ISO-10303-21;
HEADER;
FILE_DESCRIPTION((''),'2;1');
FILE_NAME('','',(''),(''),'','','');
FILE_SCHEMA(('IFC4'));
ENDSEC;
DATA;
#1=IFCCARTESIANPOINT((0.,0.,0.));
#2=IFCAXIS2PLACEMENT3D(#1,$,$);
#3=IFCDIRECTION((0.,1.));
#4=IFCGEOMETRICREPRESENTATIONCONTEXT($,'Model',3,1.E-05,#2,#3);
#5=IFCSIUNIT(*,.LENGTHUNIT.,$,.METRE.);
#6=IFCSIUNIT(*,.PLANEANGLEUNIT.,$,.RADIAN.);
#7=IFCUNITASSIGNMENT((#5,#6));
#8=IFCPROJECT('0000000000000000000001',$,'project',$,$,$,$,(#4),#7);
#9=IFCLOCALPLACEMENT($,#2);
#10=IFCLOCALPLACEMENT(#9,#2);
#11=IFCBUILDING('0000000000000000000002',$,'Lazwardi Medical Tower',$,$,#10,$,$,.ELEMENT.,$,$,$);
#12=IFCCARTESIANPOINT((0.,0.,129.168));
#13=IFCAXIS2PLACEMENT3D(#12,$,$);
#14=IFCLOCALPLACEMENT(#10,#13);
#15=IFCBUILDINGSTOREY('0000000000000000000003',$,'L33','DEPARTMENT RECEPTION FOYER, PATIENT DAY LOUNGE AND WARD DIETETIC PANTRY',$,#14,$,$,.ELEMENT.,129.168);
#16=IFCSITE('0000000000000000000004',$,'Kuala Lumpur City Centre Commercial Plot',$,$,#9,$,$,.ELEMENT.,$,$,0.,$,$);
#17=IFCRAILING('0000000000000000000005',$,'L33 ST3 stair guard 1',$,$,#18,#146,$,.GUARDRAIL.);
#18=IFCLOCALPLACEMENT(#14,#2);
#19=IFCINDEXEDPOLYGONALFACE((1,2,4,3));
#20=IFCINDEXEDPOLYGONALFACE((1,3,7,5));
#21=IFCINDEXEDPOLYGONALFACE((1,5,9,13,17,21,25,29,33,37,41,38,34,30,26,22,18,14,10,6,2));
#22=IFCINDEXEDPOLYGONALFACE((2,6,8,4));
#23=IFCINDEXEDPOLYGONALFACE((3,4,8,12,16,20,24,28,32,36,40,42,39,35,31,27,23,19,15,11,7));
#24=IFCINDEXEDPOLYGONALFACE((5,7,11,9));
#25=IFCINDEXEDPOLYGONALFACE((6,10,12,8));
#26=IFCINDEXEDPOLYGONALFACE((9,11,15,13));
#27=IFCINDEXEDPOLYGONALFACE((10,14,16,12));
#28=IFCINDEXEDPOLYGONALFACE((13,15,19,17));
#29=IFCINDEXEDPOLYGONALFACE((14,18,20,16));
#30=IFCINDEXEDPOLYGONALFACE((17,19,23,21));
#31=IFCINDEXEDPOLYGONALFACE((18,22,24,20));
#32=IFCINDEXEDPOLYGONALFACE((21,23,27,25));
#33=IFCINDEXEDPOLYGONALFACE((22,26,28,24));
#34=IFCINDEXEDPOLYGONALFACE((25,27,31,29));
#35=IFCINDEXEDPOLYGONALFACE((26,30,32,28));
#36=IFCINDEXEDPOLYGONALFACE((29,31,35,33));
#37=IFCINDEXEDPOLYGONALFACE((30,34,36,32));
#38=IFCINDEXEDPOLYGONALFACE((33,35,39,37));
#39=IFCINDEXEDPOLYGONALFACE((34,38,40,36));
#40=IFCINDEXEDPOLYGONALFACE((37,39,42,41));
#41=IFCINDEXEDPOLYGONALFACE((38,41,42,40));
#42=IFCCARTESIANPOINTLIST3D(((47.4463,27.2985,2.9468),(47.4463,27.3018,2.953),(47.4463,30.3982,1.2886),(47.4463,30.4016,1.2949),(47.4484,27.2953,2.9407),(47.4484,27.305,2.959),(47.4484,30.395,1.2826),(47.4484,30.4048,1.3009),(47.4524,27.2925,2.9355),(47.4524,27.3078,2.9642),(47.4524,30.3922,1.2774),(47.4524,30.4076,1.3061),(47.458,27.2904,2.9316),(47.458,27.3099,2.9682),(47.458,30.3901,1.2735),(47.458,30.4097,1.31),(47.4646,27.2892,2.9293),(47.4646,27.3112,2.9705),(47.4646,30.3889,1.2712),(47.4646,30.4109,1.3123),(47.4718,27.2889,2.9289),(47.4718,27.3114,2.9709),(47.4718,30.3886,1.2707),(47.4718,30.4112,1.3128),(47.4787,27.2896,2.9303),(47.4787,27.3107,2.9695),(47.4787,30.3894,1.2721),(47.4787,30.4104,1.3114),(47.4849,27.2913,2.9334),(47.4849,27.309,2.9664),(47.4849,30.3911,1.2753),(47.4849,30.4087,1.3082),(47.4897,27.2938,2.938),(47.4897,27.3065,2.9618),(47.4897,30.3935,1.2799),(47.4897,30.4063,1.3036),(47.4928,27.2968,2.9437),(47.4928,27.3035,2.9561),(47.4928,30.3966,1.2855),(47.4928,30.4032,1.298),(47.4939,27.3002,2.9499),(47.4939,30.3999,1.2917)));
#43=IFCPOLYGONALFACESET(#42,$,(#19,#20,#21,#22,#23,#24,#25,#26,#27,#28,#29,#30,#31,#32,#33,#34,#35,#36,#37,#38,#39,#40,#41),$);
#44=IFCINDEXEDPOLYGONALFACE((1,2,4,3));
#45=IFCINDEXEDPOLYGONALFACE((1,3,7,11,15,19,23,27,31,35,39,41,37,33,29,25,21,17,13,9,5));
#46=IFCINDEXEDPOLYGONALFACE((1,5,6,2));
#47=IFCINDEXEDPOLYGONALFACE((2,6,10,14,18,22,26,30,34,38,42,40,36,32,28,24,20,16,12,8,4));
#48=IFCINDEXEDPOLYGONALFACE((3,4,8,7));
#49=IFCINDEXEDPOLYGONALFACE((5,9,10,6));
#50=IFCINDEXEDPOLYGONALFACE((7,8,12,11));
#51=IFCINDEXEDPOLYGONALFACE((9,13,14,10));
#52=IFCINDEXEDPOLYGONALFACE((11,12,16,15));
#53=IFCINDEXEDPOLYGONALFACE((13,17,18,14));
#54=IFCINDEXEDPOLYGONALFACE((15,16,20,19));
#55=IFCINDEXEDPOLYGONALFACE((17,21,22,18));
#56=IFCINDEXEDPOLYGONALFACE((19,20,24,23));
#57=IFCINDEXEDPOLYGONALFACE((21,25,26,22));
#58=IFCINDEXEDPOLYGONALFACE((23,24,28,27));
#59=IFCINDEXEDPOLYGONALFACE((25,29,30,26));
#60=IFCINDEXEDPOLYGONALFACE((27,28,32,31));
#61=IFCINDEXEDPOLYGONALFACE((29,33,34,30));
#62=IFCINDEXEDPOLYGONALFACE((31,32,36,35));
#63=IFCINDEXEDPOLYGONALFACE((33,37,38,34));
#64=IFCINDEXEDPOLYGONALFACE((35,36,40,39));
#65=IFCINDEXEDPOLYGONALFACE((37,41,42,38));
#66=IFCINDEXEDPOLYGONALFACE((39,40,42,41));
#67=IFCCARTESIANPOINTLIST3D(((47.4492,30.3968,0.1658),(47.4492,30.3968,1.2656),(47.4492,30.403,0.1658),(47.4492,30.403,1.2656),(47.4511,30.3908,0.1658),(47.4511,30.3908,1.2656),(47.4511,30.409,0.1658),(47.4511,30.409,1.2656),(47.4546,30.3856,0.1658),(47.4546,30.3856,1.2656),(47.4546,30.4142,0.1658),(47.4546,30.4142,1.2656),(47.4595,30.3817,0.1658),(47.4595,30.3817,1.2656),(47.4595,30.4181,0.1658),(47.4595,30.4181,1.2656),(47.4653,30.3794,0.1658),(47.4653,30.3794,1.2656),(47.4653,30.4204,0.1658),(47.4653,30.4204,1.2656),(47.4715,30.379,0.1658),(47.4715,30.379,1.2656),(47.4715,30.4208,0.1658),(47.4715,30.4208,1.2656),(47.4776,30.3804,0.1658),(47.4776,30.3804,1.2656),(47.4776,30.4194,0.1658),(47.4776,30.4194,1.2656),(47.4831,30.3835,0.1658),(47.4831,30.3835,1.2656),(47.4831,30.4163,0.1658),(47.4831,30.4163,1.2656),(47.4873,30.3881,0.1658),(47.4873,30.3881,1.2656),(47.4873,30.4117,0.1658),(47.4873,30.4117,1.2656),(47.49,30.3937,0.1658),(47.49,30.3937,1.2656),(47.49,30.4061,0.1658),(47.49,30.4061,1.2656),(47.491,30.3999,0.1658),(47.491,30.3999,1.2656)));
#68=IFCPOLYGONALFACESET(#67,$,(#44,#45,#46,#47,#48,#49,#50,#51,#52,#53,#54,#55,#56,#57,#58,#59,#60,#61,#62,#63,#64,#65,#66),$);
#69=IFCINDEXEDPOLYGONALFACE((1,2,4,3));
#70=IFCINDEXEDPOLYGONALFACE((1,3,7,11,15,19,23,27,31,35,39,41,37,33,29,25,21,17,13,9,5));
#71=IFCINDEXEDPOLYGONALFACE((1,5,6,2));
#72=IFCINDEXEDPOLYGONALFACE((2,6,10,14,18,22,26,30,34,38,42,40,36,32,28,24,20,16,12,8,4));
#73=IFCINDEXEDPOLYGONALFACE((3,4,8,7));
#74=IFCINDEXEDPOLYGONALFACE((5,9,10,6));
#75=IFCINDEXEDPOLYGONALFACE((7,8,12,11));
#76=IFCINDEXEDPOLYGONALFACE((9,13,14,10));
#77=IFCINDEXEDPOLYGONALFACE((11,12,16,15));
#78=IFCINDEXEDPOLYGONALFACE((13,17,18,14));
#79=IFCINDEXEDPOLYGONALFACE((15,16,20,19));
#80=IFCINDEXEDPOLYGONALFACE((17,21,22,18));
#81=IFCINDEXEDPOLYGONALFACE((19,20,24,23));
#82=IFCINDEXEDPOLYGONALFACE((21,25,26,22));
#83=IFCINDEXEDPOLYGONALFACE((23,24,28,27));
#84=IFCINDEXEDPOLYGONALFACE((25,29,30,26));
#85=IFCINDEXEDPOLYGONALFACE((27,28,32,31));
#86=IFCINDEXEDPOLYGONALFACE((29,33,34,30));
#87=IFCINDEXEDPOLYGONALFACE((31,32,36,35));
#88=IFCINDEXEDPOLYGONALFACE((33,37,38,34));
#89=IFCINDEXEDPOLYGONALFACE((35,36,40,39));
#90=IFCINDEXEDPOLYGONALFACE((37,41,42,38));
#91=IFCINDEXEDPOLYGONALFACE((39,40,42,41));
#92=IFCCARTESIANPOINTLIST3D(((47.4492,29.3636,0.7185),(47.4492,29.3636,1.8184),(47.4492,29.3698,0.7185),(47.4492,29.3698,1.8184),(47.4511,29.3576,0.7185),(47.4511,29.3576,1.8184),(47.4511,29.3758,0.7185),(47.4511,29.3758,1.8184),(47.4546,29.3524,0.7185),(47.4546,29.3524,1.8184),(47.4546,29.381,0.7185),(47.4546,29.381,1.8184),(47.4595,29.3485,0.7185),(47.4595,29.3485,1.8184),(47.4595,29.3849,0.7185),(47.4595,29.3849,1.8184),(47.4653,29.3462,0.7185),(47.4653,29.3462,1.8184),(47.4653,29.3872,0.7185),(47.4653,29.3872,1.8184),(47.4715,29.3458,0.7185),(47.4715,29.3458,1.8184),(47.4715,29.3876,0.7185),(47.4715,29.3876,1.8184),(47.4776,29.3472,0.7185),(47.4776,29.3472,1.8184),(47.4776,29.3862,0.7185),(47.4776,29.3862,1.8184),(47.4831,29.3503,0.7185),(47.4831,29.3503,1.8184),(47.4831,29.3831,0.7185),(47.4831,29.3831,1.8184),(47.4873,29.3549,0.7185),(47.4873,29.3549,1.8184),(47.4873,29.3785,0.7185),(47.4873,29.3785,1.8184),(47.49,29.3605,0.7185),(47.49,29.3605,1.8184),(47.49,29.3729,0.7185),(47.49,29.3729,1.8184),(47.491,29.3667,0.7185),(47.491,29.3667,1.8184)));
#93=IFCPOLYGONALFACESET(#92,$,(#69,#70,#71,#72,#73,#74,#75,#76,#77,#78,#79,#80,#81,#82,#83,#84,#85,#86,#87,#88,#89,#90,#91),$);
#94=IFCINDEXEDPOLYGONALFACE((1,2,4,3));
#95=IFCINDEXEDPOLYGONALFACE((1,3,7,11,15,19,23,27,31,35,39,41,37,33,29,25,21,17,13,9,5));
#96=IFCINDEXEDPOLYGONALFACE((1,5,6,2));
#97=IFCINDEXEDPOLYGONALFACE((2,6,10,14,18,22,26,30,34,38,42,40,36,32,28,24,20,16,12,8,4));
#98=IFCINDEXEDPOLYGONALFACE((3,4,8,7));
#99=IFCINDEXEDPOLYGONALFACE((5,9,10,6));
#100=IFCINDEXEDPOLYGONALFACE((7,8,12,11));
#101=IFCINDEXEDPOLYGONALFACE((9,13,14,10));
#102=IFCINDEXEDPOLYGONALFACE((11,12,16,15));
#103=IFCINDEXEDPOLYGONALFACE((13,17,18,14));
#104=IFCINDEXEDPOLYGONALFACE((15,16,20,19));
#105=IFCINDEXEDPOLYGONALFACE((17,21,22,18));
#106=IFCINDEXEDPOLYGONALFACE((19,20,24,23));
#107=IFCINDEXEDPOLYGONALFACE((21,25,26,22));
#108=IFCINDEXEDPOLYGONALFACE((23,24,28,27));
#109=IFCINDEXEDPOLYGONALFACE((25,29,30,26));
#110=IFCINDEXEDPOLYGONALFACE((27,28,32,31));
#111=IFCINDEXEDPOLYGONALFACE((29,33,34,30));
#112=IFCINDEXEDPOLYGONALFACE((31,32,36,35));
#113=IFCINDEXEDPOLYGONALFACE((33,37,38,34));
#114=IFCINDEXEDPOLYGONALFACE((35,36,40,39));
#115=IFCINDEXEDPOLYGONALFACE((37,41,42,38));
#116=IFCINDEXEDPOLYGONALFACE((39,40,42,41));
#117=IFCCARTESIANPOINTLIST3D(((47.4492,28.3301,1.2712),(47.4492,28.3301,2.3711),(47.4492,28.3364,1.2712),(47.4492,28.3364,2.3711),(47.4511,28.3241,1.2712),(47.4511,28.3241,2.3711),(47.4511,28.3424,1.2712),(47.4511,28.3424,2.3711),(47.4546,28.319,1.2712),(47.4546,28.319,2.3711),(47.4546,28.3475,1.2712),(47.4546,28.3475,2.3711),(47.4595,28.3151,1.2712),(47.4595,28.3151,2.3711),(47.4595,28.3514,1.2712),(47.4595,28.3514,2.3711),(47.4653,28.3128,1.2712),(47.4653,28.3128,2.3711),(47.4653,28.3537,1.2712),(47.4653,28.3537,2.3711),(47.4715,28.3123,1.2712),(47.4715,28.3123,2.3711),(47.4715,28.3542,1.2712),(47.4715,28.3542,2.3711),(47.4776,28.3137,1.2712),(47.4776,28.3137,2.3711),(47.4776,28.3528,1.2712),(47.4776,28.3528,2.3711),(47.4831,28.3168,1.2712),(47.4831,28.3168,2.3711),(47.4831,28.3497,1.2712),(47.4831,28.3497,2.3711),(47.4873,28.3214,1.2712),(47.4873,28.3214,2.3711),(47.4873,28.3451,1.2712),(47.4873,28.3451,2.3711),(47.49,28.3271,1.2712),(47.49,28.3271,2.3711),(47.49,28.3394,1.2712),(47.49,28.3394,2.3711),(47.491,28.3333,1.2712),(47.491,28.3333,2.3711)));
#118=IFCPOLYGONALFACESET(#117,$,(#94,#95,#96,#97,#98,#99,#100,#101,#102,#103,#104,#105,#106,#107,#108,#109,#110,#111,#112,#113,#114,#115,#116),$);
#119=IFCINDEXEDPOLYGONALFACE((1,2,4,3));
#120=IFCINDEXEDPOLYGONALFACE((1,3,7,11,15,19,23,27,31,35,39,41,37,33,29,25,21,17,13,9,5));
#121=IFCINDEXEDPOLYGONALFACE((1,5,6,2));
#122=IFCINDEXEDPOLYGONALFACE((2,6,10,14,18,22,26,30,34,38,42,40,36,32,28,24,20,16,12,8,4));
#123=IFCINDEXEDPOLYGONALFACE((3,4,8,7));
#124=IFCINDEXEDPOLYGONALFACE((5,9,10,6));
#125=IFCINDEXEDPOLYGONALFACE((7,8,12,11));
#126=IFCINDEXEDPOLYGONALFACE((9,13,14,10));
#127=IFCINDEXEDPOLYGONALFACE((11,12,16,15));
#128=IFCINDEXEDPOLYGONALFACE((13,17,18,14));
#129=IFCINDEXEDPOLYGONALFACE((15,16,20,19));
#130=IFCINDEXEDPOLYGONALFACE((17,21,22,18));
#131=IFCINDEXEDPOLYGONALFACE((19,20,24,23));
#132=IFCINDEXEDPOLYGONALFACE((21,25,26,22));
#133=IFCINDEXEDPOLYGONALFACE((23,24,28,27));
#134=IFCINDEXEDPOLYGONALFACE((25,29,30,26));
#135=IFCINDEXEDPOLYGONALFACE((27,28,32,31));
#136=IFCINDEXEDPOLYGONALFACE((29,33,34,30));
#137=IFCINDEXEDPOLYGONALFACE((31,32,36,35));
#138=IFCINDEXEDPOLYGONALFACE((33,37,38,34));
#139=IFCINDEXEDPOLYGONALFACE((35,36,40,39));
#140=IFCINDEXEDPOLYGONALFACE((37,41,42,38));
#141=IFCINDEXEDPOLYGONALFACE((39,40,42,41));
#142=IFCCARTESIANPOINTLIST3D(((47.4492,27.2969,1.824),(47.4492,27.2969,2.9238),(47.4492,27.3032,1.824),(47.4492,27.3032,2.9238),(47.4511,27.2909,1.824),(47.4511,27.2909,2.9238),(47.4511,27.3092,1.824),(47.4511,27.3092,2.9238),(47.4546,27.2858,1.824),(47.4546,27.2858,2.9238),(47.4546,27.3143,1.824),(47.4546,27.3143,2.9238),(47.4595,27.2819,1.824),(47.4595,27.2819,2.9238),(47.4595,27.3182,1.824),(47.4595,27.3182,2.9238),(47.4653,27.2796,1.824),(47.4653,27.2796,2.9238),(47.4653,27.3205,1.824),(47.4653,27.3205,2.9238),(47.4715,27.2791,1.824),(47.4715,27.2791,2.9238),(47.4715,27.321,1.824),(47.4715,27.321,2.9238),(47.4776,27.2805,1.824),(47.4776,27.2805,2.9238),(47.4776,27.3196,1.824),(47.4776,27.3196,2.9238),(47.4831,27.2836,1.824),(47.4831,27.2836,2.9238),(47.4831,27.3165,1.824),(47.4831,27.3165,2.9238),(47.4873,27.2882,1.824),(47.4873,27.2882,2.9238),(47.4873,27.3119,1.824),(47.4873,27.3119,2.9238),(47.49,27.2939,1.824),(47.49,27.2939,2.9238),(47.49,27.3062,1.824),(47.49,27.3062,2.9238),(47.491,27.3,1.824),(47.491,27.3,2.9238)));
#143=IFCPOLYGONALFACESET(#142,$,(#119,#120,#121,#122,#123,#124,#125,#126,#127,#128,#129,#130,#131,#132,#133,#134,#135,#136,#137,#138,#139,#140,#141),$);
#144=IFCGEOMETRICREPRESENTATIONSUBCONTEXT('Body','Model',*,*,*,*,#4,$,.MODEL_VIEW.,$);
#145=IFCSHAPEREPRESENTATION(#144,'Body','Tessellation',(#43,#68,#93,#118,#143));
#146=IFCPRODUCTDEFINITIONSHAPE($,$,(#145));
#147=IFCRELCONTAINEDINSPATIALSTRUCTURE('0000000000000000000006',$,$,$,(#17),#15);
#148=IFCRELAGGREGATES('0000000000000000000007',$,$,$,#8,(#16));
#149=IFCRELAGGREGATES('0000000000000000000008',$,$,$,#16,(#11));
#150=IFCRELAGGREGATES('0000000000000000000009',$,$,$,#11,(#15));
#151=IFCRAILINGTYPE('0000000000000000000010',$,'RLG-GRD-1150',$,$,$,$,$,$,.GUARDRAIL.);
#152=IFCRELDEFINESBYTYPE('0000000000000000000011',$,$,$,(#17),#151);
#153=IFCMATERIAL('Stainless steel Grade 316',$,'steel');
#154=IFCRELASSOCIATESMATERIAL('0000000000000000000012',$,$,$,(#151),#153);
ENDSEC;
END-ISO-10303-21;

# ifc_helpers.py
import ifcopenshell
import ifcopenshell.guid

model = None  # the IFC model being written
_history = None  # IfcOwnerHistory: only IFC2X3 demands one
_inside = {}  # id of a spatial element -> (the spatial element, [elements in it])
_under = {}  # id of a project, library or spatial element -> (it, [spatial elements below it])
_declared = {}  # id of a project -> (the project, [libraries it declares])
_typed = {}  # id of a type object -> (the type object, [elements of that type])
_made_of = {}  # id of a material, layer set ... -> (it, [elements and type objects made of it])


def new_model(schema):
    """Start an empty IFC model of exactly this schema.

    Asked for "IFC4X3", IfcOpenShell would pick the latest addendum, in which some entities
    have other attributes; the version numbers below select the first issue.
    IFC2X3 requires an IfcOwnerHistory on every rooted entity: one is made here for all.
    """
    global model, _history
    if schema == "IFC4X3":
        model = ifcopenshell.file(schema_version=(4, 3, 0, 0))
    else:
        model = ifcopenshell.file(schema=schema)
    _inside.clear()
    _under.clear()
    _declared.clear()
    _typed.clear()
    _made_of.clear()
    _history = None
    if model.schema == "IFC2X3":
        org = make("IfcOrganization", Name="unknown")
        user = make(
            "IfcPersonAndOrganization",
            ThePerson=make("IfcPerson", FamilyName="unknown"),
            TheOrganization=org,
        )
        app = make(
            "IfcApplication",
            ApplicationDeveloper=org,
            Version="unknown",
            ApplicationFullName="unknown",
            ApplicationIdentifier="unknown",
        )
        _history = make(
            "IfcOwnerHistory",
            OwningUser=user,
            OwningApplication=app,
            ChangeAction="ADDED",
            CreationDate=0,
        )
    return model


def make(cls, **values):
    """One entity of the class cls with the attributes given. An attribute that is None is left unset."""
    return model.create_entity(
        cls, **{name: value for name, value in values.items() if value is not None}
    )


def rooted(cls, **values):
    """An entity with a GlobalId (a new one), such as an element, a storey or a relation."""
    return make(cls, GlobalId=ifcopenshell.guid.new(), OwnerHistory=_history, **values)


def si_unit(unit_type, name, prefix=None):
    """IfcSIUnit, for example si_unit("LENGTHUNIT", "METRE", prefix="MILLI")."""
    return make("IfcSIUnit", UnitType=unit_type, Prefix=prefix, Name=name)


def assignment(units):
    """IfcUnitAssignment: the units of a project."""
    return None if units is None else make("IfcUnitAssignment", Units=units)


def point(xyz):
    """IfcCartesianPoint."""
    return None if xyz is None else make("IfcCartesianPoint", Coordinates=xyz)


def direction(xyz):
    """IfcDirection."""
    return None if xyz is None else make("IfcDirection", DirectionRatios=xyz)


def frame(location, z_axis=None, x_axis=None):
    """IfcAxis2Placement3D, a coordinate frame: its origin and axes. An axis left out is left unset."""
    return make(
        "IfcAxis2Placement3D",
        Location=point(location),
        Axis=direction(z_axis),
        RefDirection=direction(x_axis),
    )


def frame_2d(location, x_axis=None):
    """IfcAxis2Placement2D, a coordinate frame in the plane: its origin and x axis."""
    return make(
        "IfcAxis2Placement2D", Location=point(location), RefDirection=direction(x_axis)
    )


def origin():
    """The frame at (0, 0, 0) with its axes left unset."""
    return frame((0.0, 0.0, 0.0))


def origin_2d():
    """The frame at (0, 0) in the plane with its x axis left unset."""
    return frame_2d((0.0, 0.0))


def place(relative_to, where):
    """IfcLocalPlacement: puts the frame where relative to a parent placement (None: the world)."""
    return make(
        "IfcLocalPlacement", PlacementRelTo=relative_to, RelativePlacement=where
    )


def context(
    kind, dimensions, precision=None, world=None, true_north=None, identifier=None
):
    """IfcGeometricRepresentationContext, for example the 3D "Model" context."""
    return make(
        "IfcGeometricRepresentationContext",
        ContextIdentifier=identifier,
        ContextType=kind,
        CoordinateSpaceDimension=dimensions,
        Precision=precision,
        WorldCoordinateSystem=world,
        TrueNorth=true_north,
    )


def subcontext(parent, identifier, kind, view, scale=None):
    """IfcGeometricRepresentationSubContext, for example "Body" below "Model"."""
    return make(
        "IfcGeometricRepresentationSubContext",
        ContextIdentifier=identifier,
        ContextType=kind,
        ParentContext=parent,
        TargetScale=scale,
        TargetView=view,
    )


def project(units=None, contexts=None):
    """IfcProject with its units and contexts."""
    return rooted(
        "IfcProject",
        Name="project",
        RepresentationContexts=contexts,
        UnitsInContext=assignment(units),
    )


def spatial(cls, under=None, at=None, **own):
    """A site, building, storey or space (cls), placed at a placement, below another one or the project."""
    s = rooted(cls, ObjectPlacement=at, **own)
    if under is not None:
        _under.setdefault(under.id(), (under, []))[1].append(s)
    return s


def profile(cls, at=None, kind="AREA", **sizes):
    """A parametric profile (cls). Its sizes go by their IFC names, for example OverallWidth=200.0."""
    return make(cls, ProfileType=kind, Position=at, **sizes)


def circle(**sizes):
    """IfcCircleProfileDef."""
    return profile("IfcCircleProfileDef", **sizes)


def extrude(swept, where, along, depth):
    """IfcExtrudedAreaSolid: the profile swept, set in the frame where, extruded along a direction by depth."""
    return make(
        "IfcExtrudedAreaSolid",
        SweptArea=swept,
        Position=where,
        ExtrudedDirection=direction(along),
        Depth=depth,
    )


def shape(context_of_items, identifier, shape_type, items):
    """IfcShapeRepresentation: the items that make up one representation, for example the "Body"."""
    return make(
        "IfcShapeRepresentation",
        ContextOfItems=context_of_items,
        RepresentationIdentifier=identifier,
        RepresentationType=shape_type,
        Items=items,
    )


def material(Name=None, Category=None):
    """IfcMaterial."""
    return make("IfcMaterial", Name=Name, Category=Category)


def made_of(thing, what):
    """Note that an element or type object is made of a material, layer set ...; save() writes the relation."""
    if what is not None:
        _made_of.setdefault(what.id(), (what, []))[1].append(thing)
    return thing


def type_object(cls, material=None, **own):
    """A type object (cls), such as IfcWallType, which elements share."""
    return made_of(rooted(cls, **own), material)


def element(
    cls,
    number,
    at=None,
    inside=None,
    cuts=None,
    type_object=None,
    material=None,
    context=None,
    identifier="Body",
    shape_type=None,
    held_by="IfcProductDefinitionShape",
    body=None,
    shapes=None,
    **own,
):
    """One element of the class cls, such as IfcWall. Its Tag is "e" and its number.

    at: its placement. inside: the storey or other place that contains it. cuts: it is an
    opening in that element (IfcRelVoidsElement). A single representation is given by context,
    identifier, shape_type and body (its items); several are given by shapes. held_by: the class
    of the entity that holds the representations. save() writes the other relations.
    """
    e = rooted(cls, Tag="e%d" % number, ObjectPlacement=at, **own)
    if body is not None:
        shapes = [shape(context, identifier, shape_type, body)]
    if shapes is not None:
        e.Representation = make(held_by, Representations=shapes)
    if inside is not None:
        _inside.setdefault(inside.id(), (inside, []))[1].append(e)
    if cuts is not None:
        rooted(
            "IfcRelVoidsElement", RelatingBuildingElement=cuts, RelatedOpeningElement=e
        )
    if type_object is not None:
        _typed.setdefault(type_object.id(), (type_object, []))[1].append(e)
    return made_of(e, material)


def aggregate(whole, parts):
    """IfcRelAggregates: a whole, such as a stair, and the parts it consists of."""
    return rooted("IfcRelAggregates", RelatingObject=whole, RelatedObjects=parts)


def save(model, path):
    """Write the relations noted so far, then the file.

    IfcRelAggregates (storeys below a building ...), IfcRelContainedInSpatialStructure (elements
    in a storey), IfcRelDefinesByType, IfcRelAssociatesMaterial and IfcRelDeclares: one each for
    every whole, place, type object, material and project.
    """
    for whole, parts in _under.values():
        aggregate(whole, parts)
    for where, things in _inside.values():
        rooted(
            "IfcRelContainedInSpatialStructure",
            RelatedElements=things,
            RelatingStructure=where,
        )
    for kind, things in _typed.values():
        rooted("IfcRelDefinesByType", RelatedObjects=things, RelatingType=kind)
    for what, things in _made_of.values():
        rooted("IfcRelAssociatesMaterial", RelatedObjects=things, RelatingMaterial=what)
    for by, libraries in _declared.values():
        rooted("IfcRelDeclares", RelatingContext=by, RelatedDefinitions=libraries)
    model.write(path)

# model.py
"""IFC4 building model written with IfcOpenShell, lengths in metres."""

from ifc_helpers import new_model, si_unit, direction, frame, origin, origin_2d, place, context, subcontext, project, spatial, circle, extrude, material, type_object, element, save


model = new_model("IFC4")

# Units and contexts
model_context = context("Model", 3, precision=1e-05, world=origin(), true_north=direction((0.0, 1.0)))
body_context = subcontext(model_context, "Body", "Model", "MODEL_VIEW")
ifc_project = project(units=[si_unit("LENGTHUNIT", "METRE"), si_unit("PLANEANGLEUNIT", "RADIAN")], contexts=[model_context])

# Site, building, storey
site_placement = place(None, origin())
site = spatial("IfcSite", under=ifc_project, at=site_placement, Name="Kuala Lumpur City Centre Commercial Plot", CompositionType="ELEMENT", RefElevation=0.0)
building_placement = place(site_placement, origin())
building = spatial("IfcBuilding", under=site, at=building_placement, Name="Lazwardi Medical Tower", CompositionType="ELEMENT")
storey_placement = place(building_placement, frame((0.0, 0.0, 129.168)))
storey = spatial("IfcBuildingStorey", under=building, at=storey_placement, Name="L33", Description="DEPARTMENT RECEPTION FOYER, PATIENT DAY LOUNGE AND WARD DIETETIC PANTRY", CompositionType="ELEMENT", Elevation=129.168)

# Railing
ifc_material_1 = material(Name="Stainless steel Grade 316", Category="steel")
railing_type_1 = type_object("IfcRailingType", Name="RLG-GRD-1150", PredefinedType="GUARDRAIL", material=ifc_material_1)
railing_1_placement = place(storey_placement, frame((47.47, 30.3999, 0.1658)))
element("IfcRailing", 1, at=railing_1_placement, inside=storey, type_object=railing_type_1, Name="L33 ST3 stair guard 1", PredefinedType="GUARDRAIL", context=body_context, shape_type="SweptSolid", body=[
    extrude(circle(Radius=0.0239, at=origin_2d()), frame((0.0, 0.0, 1.126), z_axis=(0.0, -0.881768, 0.471684), x_axis=(1.0, 0.0, 0.0)), (0.0, 0.0, 1.0), 3.5154),
    extrude(circle(Radius=0.021, at=origin_2d()), origin(), (0.0, 0.0, 1.0), 1.0999),
    extrude(circle(Radius=0.021, at=origin_2d()), frame((0.0, -1.0332, 0.5527)), (0.0, 0.0, 1.0), 1.0999),
    extrude(circle(Radius=0.021, at=origin_2d()), frame((0.0, -2.0667, 1.1055)), (0.0, 0.0, 1.0), 1.0999),
    extrude(circle(Radius=0.021, at=origin_2d()), frame((0.0, -3.0999, 1.6582)), (0.0, 0.0, 1.0), 1.0999),
])

save(model, "model.ifc")
